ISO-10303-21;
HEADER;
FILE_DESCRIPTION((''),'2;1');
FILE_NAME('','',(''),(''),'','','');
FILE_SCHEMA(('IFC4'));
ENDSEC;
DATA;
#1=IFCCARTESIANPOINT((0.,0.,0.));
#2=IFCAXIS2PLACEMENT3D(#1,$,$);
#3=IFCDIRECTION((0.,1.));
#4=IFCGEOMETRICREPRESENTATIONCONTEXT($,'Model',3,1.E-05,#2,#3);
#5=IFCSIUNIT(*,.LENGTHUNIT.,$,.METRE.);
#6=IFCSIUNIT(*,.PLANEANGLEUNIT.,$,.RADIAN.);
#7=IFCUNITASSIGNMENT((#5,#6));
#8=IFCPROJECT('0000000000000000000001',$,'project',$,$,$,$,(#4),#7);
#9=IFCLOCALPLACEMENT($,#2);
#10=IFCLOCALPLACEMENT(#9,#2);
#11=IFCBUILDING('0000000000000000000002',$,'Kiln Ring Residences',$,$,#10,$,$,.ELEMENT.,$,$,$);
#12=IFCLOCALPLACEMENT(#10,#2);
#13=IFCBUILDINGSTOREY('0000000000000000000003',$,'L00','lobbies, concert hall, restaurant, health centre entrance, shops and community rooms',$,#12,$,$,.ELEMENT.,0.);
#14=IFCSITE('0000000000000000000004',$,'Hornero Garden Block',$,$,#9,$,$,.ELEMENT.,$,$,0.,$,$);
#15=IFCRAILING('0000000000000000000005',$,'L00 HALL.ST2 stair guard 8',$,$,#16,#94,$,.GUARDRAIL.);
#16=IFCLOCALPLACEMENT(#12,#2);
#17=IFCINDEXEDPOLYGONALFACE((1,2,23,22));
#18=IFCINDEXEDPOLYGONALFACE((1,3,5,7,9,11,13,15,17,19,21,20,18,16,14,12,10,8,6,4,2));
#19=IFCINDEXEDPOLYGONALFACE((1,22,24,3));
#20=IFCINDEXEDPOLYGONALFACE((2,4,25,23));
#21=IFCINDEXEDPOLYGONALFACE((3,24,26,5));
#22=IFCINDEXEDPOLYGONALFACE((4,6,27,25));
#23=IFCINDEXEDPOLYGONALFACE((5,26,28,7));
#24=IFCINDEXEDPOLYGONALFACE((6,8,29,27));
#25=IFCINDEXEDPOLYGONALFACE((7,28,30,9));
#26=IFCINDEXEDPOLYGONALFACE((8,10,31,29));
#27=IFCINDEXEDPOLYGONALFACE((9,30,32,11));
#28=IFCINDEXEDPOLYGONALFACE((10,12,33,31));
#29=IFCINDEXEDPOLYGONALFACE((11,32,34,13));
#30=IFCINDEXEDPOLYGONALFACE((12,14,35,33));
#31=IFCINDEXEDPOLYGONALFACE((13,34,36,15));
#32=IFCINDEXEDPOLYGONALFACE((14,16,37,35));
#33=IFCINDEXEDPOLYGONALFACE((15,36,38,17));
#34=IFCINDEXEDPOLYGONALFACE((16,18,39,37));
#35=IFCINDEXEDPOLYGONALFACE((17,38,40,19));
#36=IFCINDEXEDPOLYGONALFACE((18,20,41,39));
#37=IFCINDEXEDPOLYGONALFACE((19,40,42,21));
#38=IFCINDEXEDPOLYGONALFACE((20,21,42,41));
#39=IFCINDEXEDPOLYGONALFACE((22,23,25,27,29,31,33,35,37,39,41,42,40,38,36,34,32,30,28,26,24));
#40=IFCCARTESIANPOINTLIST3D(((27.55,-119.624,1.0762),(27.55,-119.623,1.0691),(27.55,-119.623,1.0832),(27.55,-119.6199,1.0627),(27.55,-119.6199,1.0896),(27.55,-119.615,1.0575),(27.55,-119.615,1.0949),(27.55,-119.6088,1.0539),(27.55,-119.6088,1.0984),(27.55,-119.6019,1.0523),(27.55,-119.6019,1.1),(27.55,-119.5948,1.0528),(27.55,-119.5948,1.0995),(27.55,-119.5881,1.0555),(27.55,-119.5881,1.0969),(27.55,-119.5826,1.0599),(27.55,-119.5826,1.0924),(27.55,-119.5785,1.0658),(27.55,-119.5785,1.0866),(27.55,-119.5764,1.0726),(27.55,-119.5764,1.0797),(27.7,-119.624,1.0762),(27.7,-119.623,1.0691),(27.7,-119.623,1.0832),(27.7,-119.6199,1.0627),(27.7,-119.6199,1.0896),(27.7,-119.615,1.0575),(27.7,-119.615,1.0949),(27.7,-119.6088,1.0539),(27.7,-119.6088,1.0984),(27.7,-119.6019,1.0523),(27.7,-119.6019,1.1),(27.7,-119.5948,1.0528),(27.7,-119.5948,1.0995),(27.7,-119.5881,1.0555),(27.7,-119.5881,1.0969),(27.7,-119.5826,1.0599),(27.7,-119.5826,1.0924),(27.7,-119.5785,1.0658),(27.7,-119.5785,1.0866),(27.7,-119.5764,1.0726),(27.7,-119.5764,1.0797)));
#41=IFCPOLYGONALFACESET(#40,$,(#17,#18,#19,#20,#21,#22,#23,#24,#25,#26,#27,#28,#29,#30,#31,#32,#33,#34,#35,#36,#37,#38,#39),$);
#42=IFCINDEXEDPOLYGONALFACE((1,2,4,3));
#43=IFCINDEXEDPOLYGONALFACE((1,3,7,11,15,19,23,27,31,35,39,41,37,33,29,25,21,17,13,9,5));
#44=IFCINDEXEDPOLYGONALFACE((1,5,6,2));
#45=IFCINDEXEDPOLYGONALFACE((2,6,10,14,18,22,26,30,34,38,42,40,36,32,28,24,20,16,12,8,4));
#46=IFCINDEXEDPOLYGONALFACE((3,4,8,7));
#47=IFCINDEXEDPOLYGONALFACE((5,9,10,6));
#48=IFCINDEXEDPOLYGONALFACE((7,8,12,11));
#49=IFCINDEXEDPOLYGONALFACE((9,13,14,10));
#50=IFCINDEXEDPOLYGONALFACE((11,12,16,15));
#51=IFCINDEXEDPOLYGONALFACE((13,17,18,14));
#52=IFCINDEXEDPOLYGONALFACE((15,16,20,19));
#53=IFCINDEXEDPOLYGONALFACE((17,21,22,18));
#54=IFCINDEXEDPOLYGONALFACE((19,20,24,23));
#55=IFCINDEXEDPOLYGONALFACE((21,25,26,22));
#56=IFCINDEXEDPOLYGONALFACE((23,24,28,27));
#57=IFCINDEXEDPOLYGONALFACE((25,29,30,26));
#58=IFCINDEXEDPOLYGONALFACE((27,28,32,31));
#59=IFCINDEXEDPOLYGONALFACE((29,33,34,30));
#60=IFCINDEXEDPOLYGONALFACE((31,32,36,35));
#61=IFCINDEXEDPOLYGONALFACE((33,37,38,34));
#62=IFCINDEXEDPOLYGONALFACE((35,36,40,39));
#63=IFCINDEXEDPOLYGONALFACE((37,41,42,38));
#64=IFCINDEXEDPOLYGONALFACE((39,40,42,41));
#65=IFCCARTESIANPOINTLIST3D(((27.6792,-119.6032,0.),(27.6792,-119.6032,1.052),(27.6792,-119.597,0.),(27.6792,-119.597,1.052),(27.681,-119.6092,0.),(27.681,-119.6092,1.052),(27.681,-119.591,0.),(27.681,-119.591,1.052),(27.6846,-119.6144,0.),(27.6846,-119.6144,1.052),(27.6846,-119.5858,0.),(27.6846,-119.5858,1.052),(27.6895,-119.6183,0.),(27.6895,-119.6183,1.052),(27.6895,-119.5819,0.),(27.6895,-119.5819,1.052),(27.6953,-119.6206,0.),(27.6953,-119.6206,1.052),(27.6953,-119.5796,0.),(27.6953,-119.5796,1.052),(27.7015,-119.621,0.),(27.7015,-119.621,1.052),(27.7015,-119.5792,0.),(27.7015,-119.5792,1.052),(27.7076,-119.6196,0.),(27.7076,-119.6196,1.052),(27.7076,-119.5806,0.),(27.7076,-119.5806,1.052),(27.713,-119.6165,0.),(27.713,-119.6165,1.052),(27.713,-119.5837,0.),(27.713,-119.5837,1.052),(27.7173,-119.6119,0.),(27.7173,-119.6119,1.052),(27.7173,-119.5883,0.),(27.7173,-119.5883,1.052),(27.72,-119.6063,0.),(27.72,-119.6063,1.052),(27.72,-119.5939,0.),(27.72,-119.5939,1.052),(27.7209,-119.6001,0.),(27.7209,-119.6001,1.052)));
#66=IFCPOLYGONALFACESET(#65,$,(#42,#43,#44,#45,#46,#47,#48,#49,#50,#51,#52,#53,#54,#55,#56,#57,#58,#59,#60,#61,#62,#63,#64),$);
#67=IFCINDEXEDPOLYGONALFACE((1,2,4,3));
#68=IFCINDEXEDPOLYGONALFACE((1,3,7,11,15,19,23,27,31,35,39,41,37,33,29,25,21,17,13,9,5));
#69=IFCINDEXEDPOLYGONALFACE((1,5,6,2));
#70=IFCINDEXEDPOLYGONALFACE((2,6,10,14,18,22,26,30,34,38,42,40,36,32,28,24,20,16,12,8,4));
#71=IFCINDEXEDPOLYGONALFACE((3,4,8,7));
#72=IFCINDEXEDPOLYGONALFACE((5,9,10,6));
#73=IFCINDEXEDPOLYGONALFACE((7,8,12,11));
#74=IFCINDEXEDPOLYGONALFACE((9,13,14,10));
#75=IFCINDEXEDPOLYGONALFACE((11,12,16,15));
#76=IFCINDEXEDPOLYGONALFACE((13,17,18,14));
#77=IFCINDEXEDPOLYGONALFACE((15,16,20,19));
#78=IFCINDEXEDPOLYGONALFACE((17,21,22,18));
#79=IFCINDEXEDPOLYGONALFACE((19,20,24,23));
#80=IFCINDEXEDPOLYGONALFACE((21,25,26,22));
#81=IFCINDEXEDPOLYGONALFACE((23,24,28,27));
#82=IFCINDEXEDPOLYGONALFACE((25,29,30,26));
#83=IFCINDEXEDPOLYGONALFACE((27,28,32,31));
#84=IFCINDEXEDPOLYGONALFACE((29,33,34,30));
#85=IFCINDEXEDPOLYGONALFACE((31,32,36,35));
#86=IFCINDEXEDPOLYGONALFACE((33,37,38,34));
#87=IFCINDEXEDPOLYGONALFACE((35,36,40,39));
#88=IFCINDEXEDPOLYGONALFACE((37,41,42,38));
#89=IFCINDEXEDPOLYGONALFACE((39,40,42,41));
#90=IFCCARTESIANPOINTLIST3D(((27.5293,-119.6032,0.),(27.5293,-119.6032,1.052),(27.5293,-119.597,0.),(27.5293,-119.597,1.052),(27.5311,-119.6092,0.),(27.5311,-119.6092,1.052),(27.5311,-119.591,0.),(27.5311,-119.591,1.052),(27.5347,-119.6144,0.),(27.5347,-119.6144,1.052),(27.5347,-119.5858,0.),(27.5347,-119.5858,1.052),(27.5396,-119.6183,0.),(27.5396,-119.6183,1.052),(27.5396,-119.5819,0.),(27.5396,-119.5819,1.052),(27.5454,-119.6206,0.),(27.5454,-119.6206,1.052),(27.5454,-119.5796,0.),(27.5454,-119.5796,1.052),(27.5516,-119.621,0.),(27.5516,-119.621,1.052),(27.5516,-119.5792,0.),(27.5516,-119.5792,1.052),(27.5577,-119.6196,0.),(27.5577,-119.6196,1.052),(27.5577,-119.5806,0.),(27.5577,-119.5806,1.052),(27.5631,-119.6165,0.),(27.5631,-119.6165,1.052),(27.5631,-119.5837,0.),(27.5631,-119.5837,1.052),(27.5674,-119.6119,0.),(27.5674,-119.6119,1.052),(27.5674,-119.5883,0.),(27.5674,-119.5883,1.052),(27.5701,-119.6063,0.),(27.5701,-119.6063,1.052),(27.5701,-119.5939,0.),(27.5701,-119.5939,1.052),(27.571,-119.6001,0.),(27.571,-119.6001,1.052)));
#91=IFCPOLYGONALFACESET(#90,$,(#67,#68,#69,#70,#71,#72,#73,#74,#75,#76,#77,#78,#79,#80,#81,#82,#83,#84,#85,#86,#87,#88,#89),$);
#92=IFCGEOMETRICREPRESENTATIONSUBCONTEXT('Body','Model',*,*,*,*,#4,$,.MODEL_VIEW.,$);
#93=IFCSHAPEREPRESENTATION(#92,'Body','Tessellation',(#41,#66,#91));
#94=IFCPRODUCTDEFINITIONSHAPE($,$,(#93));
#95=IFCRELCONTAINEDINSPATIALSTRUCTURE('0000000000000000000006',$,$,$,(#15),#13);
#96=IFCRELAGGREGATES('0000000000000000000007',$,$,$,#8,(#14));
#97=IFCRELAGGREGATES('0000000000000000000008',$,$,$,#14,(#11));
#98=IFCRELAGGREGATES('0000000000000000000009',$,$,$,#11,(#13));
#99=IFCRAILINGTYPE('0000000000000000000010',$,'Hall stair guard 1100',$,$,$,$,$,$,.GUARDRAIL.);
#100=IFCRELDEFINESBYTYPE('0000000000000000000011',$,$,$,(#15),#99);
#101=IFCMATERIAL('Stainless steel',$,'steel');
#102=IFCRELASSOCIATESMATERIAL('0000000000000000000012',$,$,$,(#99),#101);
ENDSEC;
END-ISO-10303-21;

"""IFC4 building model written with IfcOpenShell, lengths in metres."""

from ifc_helpers import new_model, si_unit, direction, frame, origin, origin_2d, place, context, subcontext, project, spatial, circle, extrude, material, type_object, element, save


model = new_model("IFC4")

# Units and contexts
model_context = context("Model", 3, precision=1e-05, world=origin(), true_north=direction((0.0, 1.0)))
body_context = subcontext(model_context, "Body", "Model", "MODEL_VIEW")
ifc_project = project(units=[si_unit("LENGTHUNIT", "METRE"), si_unit("PLANEANGLEUNIT", "RADIAN")], contexts=[model_context])

# Site, building, storey
site_placement = place(None, origin())
site = spatial("IfcSite", under=ifc_project, at=site_placement, Name="Hornero Garden Block", CompositionType="ELEMENT", RefElevation=0.0)
building_placement = place(site_placement, origin())
building = spatial("IfcBuilding", under=site, at=building_placement, Name="Kiln Ring Residences", CompositionType="ELEMENT")
storey_placement = place(building_placement, origin())
storey = spatial("IfcBuildingStorey", under=building, at=storey_placement, Name="L00", Description="lobbies, concert hall, restaurant, health centre entrance, shops and community rooms", CompositionType="ELEMENT", Elevation=0.0)

# Railing
ifc_material_1 = material(Name="Stainless steel", Category="steel")
railing_type_1 = type_object("IfcRailingType", Name="Hall stair guard 1100", PredefinedType="GUARDRAIL", material=ifc_material_1)
railing_1_placement = place(storey_placement, frame((27.7, -119.6001, 0.0)))
element("IfcRailing", 1, at=railing_1_placement, inside=storey, type_object=railing_type_1, Name="L00 HALL.ST2 stair guard 8", PredefinedType="GUARDRAIL", context=body_context, shape_type="SweptSolid", body=[
    extrude(circle(Radius=0.0239, at=origin_2d()), frame((0.0, 0.0, 1.0762), z_axis=(-1.0, 0.0, 0.0), x_axis=(0.0, -1.0, 0.0)), (0.0, 0.0, 1.0), 0.1499),
    extrude(circle(Radius=0.021, at=origin_2d()), origin(), (0.0, 0.0, 1.0), 1.052),
    extrude(circle(Radius=0.021, at=origin_2d()), frame((-0.1499, 0.0, 0.0)), (0.0, 0.0, 1.0), 1.052),
])

save(model, "model.ifc")
